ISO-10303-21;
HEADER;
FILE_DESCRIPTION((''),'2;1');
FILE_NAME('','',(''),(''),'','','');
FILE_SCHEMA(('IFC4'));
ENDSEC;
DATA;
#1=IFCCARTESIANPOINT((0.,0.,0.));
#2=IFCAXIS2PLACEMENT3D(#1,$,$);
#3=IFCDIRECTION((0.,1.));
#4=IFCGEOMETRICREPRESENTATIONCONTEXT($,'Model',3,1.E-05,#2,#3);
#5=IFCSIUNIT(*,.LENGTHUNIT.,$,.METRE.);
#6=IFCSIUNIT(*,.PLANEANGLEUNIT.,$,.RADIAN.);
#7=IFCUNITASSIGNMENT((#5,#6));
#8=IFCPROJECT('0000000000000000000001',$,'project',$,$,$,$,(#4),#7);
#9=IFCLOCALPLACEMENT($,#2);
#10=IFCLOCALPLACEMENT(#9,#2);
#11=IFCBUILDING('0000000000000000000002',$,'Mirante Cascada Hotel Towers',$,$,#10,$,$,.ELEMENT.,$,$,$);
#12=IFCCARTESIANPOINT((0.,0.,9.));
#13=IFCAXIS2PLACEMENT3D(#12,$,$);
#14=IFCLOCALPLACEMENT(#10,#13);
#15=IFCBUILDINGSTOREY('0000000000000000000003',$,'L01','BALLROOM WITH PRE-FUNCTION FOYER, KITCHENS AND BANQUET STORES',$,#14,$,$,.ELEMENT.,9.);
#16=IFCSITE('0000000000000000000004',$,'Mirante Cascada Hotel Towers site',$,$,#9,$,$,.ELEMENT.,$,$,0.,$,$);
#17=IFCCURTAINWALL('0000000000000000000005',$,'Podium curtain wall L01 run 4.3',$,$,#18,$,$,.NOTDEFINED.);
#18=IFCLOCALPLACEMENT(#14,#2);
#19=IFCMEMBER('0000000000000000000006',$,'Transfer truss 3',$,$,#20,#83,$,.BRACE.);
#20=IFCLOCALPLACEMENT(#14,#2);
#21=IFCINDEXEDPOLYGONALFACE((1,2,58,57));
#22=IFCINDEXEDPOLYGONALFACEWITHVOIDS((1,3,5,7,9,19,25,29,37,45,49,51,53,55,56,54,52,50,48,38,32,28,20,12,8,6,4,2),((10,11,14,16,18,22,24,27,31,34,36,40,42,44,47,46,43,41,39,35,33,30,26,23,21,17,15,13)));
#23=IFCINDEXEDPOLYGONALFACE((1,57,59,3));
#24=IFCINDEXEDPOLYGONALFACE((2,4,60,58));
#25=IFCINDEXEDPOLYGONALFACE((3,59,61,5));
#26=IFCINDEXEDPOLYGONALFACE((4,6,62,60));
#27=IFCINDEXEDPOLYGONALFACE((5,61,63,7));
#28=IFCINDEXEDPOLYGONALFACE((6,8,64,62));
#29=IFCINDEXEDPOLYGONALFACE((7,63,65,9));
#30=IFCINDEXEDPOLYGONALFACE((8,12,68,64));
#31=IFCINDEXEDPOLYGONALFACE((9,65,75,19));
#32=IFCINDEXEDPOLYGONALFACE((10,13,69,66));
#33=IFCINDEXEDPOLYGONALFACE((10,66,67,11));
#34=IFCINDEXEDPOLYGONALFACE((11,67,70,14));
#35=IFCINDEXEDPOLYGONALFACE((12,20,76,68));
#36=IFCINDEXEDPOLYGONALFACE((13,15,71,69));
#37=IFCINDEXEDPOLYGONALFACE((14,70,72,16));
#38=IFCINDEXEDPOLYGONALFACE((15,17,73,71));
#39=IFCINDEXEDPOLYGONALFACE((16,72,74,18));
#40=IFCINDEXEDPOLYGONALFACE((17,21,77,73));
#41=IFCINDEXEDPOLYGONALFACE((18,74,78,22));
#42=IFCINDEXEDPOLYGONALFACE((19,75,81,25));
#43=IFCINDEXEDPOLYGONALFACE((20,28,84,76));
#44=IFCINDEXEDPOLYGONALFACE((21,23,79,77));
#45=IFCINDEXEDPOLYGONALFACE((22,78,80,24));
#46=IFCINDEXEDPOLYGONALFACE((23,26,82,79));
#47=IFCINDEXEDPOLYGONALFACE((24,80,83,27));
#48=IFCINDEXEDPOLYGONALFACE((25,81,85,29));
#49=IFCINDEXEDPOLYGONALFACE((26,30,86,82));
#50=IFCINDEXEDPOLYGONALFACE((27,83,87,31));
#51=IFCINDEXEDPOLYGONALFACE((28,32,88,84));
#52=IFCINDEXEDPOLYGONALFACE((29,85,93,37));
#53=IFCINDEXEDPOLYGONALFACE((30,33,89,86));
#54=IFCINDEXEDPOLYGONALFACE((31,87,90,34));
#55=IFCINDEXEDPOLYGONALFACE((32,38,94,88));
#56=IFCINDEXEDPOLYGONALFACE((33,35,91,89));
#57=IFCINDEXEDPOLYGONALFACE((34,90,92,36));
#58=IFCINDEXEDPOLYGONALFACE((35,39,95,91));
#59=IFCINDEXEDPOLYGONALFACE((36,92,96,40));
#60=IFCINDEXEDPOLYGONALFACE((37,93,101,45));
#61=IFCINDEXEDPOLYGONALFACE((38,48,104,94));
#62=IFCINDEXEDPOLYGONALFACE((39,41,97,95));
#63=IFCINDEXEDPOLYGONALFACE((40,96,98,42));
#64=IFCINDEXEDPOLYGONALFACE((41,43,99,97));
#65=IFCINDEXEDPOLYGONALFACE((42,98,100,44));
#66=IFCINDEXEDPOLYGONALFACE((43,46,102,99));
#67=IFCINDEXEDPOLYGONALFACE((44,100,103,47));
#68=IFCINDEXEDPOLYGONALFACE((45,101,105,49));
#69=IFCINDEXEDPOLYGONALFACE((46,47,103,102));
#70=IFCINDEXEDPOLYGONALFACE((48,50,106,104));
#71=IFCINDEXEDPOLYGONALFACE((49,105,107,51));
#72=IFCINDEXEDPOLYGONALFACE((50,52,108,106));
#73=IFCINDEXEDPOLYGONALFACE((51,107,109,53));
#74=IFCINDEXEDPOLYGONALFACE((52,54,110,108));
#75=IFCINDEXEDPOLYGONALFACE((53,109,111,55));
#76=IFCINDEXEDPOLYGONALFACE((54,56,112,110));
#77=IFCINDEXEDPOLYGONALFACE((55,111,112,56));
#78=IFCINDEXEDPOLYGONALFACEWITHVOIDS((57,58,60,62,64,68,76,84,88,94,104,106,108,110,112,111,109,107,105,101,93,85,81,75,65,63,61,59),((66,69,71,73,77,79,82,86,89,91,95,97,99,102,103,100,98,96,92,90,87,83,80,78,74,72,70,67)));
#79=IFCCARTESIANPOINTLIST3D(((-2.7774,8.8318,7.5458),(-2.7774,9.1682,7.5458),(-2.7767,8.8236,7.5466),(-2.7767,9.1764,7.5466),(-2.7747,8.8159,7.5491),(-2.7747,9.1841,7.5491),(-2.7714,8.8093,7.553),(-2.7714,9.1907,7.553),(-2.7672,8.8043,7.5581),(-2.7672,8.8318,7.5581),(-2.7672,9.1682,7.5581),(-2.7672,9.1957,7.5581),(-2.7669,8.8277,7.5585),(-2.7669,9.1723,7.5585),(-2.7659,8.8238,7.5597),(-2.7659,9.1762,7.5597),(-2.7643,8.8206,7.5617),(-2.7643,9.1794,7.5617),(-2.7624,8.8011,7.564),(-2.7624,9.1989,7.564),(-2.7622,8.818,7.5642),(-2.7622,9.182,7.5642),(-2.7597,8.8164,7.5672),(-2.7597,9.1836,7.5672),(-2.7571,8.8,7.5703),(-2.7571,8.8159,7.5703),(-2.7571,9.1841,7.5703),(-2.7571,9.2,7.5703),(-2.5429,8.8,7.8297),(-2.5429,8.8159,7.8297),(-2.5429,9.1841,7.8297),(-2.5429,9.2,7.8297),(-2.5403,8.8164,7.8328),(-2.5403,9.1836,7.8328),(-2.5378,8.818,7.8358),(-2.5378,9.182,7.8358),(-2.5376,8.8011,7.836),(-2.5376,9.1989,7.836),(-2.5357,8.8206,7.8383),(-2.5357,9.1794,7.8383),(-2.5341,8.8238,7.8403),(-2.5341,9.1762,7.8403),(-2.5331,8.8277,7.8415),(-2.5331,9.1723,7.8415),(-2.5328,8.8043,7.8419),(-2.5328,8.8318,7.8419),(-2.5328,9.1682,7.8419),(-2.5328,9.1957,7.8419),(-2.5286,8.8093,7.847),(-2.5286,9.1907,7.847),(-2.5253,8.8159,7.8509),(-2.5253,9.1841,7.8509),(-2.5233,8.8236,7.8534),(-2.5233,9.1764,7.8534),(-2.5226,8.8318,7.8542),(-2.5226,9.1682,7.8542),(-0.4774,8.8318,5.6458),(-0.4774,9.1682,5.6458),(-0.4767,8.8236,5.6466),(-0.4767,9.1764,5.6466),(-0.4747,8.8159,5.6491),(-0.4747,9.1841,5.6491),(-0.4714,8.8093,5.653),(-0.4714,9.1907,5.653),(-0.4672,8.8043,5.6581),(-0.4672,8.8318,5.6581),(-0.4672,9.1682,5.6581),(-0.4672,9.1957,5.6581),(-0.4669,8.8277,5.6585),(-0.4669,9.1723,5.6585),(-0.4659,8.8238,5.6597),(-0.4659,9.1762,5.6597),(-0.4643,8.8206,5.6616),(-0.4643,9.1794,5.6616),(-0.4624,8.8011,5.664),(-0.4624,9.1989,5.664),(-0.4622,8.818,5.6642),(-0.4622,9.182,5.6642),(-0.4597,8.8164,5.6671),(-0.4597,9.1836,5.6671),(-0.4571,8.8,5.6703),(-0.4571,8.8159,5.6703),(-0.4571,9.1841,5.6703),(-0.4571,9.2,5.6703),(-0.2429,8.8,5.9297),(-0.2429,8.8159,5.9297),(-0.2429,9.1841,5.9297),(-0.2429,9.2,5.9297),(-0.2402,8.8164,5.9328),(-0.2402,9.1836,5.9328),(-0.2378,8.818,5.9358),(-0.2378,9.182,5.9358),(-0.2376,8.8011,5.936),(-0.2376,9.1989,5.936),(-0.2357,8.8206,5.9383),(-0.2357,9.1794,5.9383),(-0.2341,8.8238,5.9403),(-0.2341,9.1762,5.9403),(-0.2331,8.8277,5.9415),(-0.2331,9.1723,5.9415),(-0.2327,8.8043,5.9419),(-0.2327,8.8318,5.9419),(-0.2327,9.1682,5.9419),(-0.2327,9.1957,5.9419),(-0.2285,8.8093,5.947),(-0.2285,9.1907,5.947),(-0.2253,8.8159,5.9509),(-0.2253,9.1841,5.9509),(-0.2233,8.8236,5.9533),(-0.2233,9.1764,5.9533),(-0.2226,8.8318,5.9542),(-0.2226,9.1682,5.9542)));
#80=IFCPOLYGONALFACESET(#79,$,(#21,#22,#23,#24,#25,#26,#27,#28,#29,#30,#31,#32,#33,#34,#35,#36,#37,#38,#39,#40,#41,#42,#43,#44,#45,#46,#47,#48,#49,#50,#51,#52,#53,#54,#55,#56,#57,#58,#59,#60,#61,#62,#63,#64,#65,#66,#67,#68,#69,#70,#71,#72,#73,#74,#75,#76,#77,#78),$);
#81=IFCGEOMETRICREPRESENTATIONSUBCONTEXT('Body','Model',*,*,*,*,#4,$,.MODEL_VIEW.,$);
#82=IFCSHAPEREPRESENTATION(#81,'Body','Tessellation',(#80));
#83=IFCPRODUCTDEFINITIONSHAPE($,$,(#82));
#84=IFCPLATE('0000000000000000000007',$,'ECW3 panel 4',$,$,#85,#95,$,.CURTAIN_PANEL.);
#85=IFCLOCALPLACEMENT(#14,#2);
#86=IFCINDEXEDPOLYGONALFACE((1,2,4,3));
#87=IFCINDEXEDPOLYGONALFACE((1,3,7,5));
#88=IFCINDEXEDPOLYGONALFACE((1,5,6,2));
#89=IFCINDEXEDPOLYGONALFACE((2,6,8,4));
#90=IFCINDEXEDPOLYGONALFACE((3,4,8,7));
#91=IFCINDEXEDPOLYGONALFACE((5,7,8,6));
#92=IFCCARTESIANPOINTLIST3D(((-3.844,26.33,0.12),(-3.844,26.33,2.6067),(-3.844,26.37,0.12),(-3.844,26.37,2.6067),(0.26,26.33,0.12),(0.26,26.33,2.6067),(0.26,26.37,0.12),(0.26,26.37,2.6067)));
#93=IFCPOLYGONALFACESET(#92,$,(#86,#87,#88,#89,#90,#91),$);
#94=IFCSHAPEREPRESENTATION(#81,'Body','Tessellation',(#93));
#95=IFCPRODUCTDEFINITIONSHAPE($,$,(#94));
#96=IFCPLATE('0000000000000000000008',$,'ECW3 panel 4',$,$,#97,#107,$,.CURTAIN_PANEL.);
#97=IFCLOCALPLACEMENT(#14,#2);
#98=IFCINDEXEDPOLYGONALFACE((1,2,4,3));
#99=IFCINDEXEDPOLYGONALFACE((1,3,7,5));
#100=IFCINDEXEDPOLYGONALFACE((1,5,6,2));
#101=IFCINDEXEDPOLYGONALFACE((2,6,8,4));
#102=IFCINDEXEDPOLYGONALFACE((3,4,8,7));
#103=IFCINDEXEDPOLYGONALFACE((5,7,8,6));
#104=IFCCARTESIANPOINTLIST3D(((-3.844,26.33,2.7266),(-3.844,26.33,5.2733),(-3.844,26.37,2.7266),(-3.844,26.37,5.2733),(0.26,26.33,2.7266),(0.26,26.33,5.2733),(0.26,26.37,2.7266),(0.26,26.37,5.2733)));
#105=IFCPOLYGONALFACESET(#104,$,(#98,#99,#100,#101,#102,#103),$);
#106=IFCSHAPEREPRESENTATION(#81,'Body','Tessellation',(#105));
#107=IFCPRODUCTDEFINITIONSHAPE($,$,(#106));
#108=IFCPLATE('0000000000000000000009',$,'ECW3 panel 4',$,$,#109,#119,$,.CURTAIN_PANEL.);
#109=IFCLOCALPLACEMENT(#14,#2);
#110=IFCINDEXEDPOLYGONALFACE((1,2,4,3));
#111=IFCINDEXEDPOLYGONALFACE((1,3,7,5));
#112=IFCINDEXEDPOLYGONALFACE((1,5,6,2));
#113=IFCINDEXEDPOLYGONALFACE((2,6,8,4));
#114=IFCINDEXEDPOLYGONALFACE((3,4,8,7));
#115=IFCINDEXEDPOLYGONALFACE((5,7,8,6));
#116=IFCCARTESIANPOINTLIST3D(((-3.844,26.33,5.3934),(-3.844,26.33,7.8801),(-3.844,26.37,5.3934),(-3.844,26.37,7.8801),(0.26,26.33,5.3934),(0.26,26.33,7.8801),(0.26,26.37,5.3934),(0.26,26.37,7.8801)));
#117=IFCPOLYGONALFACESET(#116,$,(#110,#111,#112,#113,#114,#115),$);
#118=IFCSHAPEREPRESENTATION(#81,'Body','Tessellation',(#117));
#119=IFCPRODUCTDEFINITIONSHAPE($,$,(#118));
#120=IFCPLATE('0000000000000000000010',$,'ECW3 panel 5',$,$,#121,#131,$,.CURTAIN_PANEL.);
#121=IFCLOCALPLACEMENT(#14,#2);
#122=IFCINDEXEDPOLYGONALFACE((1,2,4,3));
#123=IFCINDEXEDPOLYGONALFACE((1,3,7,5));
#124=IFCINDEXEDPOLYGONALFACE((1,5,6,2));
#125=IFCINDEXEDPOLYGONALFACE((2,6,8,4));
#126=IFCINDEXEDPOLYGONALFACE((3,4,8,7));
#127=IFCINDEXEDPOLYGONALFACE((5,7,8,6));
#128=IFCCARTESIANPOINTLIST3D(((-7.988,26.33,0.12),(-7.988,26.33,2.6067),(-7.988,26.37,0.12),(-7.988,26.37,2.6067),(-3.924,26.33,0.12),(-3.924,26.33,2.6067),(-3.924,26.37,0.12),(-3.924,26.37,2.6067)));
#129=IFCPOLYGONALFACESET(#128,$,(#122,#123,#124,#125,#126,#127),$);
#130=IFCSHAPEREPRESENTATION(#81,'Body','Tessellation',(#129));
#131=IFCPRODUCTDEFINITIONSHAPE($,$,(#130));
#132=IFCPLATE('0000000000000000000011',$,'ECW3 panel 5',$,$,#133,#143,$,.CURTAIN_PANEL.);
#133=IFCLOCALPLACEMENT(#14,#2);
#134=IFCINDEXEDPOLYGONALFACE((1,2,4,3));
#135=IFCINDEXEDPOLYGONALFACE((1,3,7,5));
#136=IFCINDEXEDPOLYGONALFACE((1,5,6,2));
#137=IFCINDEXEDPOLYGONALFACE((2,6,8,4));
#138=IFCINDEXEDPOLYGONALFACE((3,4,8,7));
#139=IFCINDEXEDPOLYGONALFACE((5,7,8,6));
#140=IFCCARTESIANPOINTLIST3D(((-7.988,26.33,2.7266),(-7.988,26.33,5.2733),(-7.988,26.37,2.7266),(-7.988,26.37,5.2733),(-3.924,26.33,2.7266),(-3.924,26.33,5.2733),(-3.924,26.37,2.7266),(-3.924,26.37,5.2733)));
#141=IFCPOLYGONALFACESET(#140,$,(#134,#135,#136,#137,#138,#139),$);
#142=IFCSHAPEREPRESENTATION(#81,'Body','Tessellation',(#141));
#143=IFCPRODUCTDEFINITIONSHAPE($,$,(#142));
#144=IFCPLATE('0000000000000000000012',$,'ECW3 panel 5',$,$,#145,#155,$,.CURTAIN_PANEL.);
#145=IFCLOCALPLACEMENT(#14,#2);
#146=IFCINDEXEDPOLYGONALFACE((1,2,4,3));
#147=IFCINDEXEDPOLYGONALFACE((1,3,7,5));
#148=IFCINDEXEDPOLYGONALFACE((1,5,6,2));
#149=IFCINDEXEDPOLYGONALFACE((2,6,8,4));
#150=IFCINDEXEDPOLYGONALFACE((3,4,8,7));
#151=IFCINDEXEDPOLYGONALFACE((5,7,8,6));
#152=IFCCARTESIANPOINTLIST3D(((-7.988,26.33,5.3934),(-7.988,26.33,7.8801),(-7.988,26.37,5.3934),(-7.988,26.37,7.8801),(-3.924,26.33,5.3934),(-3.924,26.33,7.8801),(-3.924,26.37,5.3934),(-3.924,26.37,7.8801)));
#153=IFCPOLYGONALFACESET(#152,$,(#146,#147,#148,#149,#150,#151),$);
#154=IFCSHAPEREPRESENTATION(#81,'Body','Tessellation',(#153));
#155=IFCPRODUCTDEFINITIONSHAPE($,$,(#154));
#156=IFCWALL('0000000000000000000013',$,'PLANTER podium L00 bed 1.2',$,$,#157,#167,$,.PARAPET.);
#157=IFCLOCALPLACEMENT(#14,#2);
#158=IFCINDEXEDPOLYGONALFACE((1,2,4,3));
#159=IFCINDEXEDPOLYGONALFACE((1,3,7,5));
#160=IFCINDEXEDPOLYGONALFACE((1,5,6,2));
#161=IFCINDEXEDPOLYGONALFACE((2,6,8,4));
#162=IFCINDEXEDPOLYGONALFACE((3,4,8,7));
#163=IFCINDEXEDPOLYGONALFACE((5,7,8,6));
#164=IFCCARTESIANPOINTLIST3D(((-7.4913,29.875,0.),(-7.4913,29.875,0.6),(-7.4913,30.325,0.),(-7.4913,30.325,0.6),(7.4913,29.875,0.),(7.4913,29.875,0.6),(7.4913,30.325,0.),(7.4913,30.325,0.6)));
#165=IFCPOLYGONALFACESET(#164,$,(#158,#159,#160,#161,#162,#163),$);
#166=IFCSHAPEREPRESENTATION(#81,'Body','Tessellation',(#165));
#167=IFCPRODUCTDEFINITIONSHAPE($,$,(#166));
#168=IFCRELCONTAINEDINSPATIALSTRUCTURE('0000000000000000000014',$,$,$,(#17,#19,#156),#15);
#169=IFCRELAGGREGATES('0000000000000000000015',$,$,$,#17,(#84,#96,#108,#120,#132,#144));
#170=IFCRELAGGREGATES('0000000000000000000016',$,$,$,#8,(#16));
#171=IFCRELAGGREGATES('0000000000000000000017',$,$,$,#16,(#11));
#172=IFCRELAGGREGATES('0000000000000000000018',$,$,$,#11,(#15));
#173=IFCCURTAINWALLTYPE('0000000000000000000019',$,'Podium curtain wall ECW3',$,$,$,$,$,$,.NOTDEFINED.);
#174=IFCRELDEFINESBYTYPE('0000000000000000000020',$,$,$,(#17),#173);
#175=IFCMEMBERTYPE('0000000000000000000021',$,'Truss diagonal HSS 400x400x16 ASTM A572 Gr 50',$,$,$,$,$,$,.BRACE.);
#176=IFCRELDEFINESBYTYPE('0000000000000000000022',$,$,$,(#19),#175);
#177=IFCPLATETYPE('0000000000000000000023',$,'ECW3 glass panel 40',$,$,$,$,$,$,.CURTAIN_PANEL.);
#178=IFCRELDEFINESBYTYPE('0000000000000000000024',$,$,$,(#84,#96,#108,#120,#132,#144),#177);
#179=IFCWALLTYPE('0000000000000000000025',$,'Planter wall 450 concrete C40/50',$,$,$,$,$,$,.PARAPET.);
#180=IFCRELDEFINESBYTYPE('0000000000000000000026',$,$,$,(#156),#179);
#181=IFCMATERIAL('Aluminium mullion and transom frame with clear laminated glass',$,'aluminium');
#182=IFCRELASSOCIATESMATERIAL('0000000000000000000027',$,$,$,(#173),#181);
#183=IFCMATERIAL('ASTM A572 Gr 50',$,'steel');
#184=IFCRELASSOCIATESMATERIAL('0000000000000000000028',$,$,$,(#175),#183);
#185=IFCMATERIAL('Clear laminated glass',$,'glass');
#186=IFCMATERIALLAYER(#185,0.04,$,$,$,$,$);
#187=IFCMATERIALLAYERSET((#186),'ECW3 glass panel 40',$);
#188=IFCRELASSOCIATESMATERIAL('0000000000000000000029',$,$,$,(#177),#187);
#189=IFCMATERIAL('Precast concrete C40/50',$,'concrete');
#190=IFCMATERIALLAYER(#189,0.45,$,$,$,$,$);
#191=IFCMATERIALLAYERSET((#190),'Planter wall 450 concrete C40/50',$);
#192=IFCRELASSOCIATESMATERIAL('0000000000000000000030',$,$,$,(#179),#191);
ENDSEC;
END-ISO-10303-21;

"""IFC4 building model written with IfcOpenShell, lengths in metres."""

from ifc_helpers import new_model, si_unit, direction, frame, frame_2d, origin, origin_2d, place, context, subcontext, project, spatial, rectangle, hollow_rectangle, extrude, material, layer, layer_set, material_profile, profile_set, type_object, element, aggregate, save


model = new_model("IFC4")

# Units and contexts
model_context = context("Model", 3, precision=1e-05, world=origin(), true_north=direction((0.0, 1.0)))
body_context = subcontext(model_context, "Body", "Model", "MODEL_VIEW")
ifc_project = project(units=[si_unit("LENGTHUNIT", "METRE"), si_unit("PLANEANGLEUNIT", "RADIAN")], contexts=[model_context])

# Site, building, storey
site_placement = place(None, origin())
site = spatial("IfcSite", under=ifc_project, at=site_placement, Name="Mirante Cascada Hotel Towers site", CompositionType="ELEMENT", RefElevation=0.0)
building_placement = place(site_placement, origin())
building = spatial("IfcBuilding", under=site, at=building_placement, Name="Mirante Cascada Hotel Towers", CompositionType="ELEMENT")
storey_placement = place(building_placement, frame((0.0, 0.0, 9.0)))
storey = spatial("IfcBuildingStorey", under=building, at=storey_placement, Name="L01", Description="BALLROOM WITH PRE-FUNCTION FOYER, KITCHENS AND BANQUET STORES", CompositionType="ELEMENT", Elevation=9.0)

# Curtain wall
ifc_material_1 = material(Name="Aluminium mullion and transom frame with clear laminated glass", Category="aluminium")
curtain_wall_type = type_object("IfcCurtainWallType", Name="Podium curtain wall ECW3", PredefinedType="NOTDEFINED", material=ifc_material_1)
curtain_wall_1_placement = place(storey_placement, origin())
curtain_wall_1 = element("IfcCurtainWall", 1, at=curtain_wall_1_placement, inside=storey, type_object=curtain_wall_type, Name="Podium curtain wall L01 run 4.3", PredefinedType="NOTDEFINED")

# Member
ifc_material_2 = material(Name="ASTM A572 Gr 50", Category="steel")
ifc_material_profile_1 = material_profile(ifc_material_2, hollow_rectangle(XDim=0.4, YDim=0.4, WallThickness=0.0159, InnerFilletRadius=0.0159, OuterFilletRadius=0.0318, at=origin_2d()), Name="HSS 400x400x16")
ifc_profile_set_1 = profile_set([ifc_material_profile_1], Name="ASTM A572 Gr 50")
member_type_1 = type_object("IfcMemberType", Name="Truss diagonal HSS 400x400x16 ASTM A572 Gr 50", PredefinedType="BRACE", material=ifc_profile_set_1)
for number, where, z_axis, x_axis, name in (
    (2, (-2.65, 9.0, 7.7), (0.770962, 0.0, -0.636881), (0.0, 1.0, 0.0), "Transfer truss 3"),
):
    element("IfcMember", number, at=place(storey_placement, frame(where, z_axis=z_axis, x_axis=x_axis)), inside=storey, type_object=member_type_1, Name=name, PredefinedType="BRACE", context=body_context, shape_type="SweptSolid", body=[
        extrude(hollow_rectangle(XDim=0.4, YDim=0.4, WallThickness=0.0159, InnerFilletRadius=0.0159, OuterFilletRadius=0.0318, at=origin_2d()), origin(), (0.0, 0.0, 1.0), 2.9833),
    ])

# Plates
ifc_material_3 = material(Name="Clear laminated glass", Category="glass")
ifc_layer_1 = layer(ifc_material_3, 0.04)
ifc_layer_set_1 = layer_set([ifc_layer_1], Name="ECW3 glass panel 40")
plate_type = type_object("IfcPlateType", Name="ECW3 glass panel 40", PredefinedType="CURTAIN_PANEL", material=ifc_layer_set_1)
plate_1_placement = place(storey_placement, frame((-1.792, 26.35, 0.12), z_axis=(0.0, 0.0, 1.0), x_axis=(-1.0, 0.0, 0.0)))
plate_1 = element("IfcPlate", 3, at=plate_1_placement, type_object=plate_type, Name="ECW3 panel 4", PredefinedType="CURTAIN_PANEL", context=body_context, shape_type="SweptSolid", body=[
    extrude(rectangle(XDim=4.104, YDim=0.04, at=origin_2d()), origin(), (0.0, 0.0, 1.0), 2.4867),
])
plate_2_placement = place(storey_placement, frame((-1.792, 26.35, 2.7266), z_axis=(0.0, 0.0, 1.0), x_axis=(-1.0, 0.0, 0.0)))
plate_2 = element("IfcPlate", 4, at=plate_2_placement, type_object=plate_type, Name="ECW3 panel 4", PredefinedType="CURTAIN_PANEL", context=body_context, shape_type="SweptSolid", body=[
    extrude(rectangle(XDim=4.104, YDim=0.04, at=origin_2d()), origin(), (0.0, 0.0, 1.0), 2.5467),
])
plate_3_placement = place(storey_placement, frame((-1.792, 26.35, 5.3934), z_axis=(0.0, 0.0, 1.0), x_axis=(-1.0, 0.0, 0.0)))
plate_3 = element("IfcPlate", 5, at=plate_3_placement, type_object=plate_type, Name="ECW3 panel 4", PredefinedType="CURTAIN_PANEL", context=body_context, shape_type="SweptSolid", body=[
    extrude(rectangle(XDim=4.104, YDim=0.04, at=origin_2d()), origin(), (0.0, 0.0, 1.0), 2.4867),
])
plate_4_placement = place(storey_placement, frame((-5.956, 26.35, 0.12), z_axis=(0.0, 0.0, 1.0), x_axis=(-1.0, 0.0, 0.0)))
plate_4 = element("IfcPlate", 6, at=plate_4_placement, type_object=plate_type, Name="ECW3 panel 5", PredefinedType="CURTAIN_PANEL", context=body_context, shape_type="SweptSolid", body=[
    extrude(rectangle(XDim=4.064, YDim=0.04, at=origin_2d()), origin(), (0.0, 0.0, 1.0), 2.4867),
])
plate_5_placement = place(storey_placement, frame((-5.956, 26.35, 2.7266), z_axis=(0.0, 0.0, 1.0), x_axis=(-1.0, 0.0, 0.0)))
plate_5 = element("IfcPlate", 7, at=plate_5_placement, type_object=plate_type, Name="ECW3 panel 5", PredefinedType="CURTAIN_PANEL", context=body_context, shape_type="SweptSolid", body=[
    extrude(rectangle(XDim=4.064, YDim=0.04, at=origin_2d()), origin(), (0.0, 0.0, 1.0), 2.5467),
])
plate_6_placement = place(storey_placement, frame((-5.956, 26.35, 5.3934), z_axis=(0.0, 0.0, 1.0), x_axis=(-1.0, 0.0, 0.0)))
plate_6 = element("IfcPlate", 8, at=plate_6_placement, type_object=plate_type, Name="ECW3 panel 5", PredefinedType="CURTAIN_PANEL", context=body_context, shape_type="SweptSolid", body=[
    extrude(rectangle(XDim=4.064, YDim=0.04, at=origin_2d()), origin(), (0.0, 0.0, 1.0), 2.4867),
])
aggregate(curtain_wall_1, [plate_1, plate_2, plate_3, plate_4, plate_5, plate_6])

# Wall
ifc_material_4 = material(Name="Precast concrete C40/50", Category="concrete")
ifc_layer_2 = layer(ifc_material_4, 0.45)
ifc_layer_set_2 = layer_set([ifc_layer_2], Name="Planter wall 450 concrete C40/50")
wall_type_1 = type_object("IfcWallType", Name="Planter wall 450 concrete C40/50", PredefinedType="PARAPET", material=ifc_layer_set_2)
wall_1_placement = place(storey_placement, frame((-7.4913, 30.1, 0.0), z_axis=(0.0, 0.0, 1.0), x_axis=(1.0, 0.0, 0.0)))
element("IfcWall", 9, at=wall_1_placement, inside=storey, type_object=wall_type_1, Name="PLANTER podium L00 bed 1.2", PredefinedType="PARAPET", context=body_context, shape_type="SweptSolid", body=[
    extrude(rectangle(XDim=14.9826, YDim=0.45, at=frame_2d((7.4913, 0.0))), origin(), (0.0, 0.0, 1.0), 0.6),
])

save(model, "model.ifc")
